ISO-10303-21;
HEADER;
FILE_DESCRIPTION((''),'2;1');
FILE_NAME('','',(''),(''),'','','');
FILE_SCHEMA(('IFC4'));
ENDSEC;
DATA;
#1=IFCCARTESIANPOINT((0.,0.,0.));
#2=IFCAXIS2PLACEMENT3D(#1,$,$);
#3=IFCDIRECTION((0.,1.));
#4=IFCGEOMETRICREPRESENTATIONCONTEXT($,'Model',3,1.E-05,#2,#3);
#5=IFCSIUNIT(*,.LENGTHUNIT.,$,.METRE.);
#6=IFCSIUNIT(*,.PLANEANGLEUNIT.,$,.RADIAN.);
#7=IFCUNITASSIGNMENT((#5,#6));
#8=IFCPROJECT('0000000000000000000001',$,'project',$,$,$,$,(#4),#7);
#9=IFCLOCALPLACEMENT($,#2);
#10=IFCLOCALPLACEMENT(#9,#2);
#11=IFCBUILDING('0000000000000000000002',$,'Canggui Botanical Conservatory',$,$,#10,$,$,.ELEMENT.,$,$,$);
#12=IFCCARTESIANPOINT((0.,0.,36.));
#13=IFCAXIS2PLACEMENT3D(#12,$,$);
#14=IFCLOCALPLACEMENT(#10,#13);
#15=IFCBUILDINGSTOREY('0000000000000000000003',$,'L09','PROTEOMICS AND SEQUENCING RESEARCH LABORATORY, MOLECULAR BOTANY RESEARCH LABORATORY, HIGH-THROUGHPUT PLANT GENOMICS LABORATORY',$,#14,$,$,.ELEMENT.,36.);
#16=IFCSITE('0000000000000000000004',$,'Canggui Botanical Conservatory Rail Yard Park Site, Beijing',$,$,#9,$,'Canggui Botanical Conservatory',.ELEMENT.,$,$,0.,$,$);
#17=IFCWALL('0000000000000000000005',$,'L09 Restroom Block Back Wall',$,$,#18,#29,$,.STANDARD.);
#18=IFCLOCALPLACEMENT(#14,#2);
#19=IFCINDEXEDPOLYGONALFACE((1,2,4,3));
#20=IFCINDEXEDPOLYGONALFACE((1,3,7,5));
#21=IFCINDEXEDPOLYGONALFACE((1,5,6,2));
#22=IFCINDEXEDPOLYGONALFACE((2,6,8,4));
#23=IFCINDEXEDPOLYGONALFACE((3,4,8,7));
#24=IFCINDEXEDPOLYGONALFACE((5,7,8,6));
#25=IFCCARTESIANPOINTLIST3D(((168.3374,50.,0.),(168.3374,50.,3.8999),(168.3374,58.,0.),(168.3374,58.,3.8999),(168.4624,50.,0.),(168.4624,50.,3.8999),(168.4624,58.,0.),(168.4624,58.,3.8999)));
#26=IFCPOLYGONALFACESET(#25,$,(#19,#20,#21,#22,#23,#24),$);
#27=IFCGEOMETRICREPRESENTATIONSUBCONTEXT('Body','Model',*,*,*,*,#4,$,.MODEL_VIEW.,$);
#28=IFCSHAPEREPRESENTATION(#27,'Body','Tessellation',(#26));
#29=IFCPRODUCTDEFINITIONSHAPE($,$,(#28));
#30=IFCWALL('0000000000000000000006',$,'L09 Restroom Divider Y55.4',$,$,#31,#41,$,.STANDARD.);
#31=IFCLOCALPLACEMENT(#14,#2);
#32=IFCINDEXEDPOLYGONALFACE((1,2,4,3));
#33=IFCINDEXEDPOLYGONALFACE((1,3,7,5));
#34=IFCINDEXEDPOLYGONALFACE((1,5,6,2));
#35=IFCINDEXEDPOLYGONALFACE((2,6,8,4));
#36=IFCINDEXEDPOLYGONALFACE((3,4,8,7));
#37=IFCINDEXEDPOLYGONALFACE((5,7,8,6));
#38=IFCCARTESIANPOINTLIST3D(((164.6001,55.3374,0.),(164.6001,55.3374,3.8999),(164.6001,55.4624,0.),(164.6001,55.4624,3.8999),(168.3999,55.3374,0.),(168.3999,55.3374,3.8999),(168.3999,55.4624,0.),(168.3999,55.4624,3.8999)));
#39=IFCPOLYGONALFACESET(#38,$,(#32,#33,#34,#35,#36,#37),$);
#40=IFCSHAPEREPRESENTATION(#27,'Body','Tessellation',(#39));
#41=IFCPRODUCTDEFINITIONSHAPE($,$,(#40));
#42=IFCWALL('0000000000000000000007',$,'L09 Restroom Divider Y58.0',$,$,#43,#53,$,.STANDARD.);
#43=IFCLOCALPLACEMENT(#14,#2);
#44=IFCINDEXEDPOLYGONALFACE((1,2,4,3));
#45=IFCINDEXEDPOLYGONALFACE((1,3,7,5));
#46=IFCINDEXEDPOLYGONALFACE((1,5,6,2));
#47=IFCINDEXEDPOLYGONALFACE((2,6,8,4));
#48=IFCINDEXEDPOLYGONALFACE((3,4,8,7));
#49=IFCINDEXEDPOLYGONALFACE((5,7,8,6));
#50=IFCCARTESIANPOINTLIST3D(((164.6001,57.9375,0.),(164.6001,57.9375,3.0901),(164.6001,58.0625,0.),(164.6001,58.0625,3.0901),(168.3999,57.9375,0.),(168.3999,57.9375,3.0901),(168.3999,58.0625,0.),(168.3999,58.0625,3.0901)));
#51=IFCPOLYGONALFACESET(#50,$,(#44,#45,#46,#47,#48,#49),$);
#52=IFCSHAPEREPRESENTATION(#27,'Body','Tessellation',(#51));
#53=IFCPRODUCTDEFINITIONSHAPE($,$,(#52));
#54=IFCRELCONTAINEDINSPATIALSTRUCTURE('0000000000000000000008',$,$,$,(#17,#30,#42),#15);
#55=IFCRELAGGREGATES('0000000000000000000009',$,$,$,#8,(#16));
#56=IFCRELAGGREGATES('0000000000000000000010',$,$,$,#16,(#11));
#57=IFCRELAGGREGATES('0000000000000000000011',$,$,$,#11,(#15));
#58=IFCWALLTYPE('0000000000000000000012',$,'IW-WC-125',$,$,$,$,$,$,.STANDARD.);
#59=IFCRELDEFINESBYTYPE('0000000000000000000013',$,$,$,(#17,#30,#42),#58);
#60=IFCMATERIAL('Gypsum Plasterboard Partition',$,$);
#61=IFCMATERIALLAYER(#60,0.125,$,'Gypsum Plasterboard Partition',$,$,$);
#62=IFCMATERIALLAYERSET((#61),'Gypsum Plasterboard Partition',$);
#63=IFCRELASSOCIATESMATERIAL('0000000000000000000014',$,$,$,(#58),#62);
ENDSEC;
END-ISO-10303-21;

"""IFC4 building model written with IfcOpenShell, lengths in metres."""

from ifc_helpers import new_model, si_unit, direction, frame, frame_2d, origin, place, context, subcontext, project, spatial, rectangle, extrude, material, layer, layer_set, type_object, element, save


model = new_model("IFC4")

# Units and contexts
model_context = context("Model", 3, precision=1e-05, world=origin(), true_north=direction((0.0, 1.0)))
body_context = subcontext(model_context, "Body", "Model", "MODEL_VIEW")
ifc_project = project(units=[si_unit("LENGTHUNIT", "METRE"), si_unit("PLANEANGLEUNIT", "RADIAN")], contexts=[model_context])

# Site, building, storey
site_placement = place(None, origin())
site = spatial("IfcSite", under=ifc_project, at=site_placement, Name="Canggui Botanical Conservatory Rail Yard Park Site, Beijing", LongName="Canggui Botanical Conservatory", CompositionType="ELEMENT", RefElevation=0.0)
building_placement = place(site_placement, origin())
building = spatial("IfcBuilding", under=site, at=building_placement, Name="Canggui Botanical Conservatory", CompositionType="ELEMENT")
storey_placement = place(building_placement, frame((0.0, 0.0, 36.0)))
storey = spatial("IfcBuildingStorey", under=building, at=storey_placement, Name="L09", Description="PROTEOMICS AND SEQUENCING RESEARCH LABORATORY, MOLECULAR BOTANY RESEARCH LABORATORY, HIGH-THROUGHPUT PLANT GENOMICS LABORATORY", CompositionType="ELEMENT", Elevation=36.0)

# Walls
ifc_material_1 = material(Name="Gypsum Plasterboard Partition")
ifc_layer_1 = layer(ifc_material_1, 0.125, Name="Gypsum Plasterboard Partition")
ifc_layer_set_1 = layer_set([ifc_layer_1], Name="Gypsum Plasterboard Partition")
wall_type_1 = type_object("IfcWallType", Name="IW-WC-125", PredefinedType="STANDARD", material=ifc_layer_set_1)
wall_1_placement = place(storey_placement, frame((168.3999, 50.0, 0.0), z_axis=(0.0, 0.0, 1.0), x_axis=(0.0, 1.0, 0.0)))
element("IfcWall", 1, at=wall_1_placement, inside=storey, type_object=wall_type_1, Name="L09 Restroom Block Back Wall", PredefinedType="STANDARD", context=body_context, shape_type="SweptSolid", body=[
    extrude(rectangle(XDim=8.0, YDim=0.125, at=frame_2d((4.0, 0.0))), origin(), (0.0, 0.0, 1.0), 3.8999),
])
wall_2_placement = place(storey_placement, frame((164.6001, 55.3999, 0.0), z_axis=(0.0, 0.0, 1.0), x_axis=(1.0, 0.0, 0.0)))
element("IfcWall", 2, at=wall_2_placement, inside=storey, type_object=wall_type_1, Name="L09 Restroom Divider Y55.4", PredefinedType="STANDARD", context=body_context, shape_type="SweptSolid", body=[
    extrude(rectangle(XDim=3.7998, YDim=0.125, at=frame_2d((1.8999, 0.0))), origin(), (0.0, 0.0, 1.0), 3.8999),
])
wall_3_placement = place(storey_placement, frame((164.6001, 58.0, 0.0), z_axis=(0.0, 0.0, 1.0), x_axis=(1.0, 0.0, 0.0)))
element("IfcWall", 3, at=wall_3_placement, inside=storey, type_object=wall_type_1, Name="L09 Restroom Divider Y58.0", PredefinedType="STANDARD", context=body_context, shape_type="SweptSolid", body=[
    extrude(rectangle(XDim=3.7998, YDim=0.125, at=frame_2d((1.8999, 0.0))), origin(), (0.0, 0.0, 1.0), 3.0901),
])

save(model, "model.ifc")
